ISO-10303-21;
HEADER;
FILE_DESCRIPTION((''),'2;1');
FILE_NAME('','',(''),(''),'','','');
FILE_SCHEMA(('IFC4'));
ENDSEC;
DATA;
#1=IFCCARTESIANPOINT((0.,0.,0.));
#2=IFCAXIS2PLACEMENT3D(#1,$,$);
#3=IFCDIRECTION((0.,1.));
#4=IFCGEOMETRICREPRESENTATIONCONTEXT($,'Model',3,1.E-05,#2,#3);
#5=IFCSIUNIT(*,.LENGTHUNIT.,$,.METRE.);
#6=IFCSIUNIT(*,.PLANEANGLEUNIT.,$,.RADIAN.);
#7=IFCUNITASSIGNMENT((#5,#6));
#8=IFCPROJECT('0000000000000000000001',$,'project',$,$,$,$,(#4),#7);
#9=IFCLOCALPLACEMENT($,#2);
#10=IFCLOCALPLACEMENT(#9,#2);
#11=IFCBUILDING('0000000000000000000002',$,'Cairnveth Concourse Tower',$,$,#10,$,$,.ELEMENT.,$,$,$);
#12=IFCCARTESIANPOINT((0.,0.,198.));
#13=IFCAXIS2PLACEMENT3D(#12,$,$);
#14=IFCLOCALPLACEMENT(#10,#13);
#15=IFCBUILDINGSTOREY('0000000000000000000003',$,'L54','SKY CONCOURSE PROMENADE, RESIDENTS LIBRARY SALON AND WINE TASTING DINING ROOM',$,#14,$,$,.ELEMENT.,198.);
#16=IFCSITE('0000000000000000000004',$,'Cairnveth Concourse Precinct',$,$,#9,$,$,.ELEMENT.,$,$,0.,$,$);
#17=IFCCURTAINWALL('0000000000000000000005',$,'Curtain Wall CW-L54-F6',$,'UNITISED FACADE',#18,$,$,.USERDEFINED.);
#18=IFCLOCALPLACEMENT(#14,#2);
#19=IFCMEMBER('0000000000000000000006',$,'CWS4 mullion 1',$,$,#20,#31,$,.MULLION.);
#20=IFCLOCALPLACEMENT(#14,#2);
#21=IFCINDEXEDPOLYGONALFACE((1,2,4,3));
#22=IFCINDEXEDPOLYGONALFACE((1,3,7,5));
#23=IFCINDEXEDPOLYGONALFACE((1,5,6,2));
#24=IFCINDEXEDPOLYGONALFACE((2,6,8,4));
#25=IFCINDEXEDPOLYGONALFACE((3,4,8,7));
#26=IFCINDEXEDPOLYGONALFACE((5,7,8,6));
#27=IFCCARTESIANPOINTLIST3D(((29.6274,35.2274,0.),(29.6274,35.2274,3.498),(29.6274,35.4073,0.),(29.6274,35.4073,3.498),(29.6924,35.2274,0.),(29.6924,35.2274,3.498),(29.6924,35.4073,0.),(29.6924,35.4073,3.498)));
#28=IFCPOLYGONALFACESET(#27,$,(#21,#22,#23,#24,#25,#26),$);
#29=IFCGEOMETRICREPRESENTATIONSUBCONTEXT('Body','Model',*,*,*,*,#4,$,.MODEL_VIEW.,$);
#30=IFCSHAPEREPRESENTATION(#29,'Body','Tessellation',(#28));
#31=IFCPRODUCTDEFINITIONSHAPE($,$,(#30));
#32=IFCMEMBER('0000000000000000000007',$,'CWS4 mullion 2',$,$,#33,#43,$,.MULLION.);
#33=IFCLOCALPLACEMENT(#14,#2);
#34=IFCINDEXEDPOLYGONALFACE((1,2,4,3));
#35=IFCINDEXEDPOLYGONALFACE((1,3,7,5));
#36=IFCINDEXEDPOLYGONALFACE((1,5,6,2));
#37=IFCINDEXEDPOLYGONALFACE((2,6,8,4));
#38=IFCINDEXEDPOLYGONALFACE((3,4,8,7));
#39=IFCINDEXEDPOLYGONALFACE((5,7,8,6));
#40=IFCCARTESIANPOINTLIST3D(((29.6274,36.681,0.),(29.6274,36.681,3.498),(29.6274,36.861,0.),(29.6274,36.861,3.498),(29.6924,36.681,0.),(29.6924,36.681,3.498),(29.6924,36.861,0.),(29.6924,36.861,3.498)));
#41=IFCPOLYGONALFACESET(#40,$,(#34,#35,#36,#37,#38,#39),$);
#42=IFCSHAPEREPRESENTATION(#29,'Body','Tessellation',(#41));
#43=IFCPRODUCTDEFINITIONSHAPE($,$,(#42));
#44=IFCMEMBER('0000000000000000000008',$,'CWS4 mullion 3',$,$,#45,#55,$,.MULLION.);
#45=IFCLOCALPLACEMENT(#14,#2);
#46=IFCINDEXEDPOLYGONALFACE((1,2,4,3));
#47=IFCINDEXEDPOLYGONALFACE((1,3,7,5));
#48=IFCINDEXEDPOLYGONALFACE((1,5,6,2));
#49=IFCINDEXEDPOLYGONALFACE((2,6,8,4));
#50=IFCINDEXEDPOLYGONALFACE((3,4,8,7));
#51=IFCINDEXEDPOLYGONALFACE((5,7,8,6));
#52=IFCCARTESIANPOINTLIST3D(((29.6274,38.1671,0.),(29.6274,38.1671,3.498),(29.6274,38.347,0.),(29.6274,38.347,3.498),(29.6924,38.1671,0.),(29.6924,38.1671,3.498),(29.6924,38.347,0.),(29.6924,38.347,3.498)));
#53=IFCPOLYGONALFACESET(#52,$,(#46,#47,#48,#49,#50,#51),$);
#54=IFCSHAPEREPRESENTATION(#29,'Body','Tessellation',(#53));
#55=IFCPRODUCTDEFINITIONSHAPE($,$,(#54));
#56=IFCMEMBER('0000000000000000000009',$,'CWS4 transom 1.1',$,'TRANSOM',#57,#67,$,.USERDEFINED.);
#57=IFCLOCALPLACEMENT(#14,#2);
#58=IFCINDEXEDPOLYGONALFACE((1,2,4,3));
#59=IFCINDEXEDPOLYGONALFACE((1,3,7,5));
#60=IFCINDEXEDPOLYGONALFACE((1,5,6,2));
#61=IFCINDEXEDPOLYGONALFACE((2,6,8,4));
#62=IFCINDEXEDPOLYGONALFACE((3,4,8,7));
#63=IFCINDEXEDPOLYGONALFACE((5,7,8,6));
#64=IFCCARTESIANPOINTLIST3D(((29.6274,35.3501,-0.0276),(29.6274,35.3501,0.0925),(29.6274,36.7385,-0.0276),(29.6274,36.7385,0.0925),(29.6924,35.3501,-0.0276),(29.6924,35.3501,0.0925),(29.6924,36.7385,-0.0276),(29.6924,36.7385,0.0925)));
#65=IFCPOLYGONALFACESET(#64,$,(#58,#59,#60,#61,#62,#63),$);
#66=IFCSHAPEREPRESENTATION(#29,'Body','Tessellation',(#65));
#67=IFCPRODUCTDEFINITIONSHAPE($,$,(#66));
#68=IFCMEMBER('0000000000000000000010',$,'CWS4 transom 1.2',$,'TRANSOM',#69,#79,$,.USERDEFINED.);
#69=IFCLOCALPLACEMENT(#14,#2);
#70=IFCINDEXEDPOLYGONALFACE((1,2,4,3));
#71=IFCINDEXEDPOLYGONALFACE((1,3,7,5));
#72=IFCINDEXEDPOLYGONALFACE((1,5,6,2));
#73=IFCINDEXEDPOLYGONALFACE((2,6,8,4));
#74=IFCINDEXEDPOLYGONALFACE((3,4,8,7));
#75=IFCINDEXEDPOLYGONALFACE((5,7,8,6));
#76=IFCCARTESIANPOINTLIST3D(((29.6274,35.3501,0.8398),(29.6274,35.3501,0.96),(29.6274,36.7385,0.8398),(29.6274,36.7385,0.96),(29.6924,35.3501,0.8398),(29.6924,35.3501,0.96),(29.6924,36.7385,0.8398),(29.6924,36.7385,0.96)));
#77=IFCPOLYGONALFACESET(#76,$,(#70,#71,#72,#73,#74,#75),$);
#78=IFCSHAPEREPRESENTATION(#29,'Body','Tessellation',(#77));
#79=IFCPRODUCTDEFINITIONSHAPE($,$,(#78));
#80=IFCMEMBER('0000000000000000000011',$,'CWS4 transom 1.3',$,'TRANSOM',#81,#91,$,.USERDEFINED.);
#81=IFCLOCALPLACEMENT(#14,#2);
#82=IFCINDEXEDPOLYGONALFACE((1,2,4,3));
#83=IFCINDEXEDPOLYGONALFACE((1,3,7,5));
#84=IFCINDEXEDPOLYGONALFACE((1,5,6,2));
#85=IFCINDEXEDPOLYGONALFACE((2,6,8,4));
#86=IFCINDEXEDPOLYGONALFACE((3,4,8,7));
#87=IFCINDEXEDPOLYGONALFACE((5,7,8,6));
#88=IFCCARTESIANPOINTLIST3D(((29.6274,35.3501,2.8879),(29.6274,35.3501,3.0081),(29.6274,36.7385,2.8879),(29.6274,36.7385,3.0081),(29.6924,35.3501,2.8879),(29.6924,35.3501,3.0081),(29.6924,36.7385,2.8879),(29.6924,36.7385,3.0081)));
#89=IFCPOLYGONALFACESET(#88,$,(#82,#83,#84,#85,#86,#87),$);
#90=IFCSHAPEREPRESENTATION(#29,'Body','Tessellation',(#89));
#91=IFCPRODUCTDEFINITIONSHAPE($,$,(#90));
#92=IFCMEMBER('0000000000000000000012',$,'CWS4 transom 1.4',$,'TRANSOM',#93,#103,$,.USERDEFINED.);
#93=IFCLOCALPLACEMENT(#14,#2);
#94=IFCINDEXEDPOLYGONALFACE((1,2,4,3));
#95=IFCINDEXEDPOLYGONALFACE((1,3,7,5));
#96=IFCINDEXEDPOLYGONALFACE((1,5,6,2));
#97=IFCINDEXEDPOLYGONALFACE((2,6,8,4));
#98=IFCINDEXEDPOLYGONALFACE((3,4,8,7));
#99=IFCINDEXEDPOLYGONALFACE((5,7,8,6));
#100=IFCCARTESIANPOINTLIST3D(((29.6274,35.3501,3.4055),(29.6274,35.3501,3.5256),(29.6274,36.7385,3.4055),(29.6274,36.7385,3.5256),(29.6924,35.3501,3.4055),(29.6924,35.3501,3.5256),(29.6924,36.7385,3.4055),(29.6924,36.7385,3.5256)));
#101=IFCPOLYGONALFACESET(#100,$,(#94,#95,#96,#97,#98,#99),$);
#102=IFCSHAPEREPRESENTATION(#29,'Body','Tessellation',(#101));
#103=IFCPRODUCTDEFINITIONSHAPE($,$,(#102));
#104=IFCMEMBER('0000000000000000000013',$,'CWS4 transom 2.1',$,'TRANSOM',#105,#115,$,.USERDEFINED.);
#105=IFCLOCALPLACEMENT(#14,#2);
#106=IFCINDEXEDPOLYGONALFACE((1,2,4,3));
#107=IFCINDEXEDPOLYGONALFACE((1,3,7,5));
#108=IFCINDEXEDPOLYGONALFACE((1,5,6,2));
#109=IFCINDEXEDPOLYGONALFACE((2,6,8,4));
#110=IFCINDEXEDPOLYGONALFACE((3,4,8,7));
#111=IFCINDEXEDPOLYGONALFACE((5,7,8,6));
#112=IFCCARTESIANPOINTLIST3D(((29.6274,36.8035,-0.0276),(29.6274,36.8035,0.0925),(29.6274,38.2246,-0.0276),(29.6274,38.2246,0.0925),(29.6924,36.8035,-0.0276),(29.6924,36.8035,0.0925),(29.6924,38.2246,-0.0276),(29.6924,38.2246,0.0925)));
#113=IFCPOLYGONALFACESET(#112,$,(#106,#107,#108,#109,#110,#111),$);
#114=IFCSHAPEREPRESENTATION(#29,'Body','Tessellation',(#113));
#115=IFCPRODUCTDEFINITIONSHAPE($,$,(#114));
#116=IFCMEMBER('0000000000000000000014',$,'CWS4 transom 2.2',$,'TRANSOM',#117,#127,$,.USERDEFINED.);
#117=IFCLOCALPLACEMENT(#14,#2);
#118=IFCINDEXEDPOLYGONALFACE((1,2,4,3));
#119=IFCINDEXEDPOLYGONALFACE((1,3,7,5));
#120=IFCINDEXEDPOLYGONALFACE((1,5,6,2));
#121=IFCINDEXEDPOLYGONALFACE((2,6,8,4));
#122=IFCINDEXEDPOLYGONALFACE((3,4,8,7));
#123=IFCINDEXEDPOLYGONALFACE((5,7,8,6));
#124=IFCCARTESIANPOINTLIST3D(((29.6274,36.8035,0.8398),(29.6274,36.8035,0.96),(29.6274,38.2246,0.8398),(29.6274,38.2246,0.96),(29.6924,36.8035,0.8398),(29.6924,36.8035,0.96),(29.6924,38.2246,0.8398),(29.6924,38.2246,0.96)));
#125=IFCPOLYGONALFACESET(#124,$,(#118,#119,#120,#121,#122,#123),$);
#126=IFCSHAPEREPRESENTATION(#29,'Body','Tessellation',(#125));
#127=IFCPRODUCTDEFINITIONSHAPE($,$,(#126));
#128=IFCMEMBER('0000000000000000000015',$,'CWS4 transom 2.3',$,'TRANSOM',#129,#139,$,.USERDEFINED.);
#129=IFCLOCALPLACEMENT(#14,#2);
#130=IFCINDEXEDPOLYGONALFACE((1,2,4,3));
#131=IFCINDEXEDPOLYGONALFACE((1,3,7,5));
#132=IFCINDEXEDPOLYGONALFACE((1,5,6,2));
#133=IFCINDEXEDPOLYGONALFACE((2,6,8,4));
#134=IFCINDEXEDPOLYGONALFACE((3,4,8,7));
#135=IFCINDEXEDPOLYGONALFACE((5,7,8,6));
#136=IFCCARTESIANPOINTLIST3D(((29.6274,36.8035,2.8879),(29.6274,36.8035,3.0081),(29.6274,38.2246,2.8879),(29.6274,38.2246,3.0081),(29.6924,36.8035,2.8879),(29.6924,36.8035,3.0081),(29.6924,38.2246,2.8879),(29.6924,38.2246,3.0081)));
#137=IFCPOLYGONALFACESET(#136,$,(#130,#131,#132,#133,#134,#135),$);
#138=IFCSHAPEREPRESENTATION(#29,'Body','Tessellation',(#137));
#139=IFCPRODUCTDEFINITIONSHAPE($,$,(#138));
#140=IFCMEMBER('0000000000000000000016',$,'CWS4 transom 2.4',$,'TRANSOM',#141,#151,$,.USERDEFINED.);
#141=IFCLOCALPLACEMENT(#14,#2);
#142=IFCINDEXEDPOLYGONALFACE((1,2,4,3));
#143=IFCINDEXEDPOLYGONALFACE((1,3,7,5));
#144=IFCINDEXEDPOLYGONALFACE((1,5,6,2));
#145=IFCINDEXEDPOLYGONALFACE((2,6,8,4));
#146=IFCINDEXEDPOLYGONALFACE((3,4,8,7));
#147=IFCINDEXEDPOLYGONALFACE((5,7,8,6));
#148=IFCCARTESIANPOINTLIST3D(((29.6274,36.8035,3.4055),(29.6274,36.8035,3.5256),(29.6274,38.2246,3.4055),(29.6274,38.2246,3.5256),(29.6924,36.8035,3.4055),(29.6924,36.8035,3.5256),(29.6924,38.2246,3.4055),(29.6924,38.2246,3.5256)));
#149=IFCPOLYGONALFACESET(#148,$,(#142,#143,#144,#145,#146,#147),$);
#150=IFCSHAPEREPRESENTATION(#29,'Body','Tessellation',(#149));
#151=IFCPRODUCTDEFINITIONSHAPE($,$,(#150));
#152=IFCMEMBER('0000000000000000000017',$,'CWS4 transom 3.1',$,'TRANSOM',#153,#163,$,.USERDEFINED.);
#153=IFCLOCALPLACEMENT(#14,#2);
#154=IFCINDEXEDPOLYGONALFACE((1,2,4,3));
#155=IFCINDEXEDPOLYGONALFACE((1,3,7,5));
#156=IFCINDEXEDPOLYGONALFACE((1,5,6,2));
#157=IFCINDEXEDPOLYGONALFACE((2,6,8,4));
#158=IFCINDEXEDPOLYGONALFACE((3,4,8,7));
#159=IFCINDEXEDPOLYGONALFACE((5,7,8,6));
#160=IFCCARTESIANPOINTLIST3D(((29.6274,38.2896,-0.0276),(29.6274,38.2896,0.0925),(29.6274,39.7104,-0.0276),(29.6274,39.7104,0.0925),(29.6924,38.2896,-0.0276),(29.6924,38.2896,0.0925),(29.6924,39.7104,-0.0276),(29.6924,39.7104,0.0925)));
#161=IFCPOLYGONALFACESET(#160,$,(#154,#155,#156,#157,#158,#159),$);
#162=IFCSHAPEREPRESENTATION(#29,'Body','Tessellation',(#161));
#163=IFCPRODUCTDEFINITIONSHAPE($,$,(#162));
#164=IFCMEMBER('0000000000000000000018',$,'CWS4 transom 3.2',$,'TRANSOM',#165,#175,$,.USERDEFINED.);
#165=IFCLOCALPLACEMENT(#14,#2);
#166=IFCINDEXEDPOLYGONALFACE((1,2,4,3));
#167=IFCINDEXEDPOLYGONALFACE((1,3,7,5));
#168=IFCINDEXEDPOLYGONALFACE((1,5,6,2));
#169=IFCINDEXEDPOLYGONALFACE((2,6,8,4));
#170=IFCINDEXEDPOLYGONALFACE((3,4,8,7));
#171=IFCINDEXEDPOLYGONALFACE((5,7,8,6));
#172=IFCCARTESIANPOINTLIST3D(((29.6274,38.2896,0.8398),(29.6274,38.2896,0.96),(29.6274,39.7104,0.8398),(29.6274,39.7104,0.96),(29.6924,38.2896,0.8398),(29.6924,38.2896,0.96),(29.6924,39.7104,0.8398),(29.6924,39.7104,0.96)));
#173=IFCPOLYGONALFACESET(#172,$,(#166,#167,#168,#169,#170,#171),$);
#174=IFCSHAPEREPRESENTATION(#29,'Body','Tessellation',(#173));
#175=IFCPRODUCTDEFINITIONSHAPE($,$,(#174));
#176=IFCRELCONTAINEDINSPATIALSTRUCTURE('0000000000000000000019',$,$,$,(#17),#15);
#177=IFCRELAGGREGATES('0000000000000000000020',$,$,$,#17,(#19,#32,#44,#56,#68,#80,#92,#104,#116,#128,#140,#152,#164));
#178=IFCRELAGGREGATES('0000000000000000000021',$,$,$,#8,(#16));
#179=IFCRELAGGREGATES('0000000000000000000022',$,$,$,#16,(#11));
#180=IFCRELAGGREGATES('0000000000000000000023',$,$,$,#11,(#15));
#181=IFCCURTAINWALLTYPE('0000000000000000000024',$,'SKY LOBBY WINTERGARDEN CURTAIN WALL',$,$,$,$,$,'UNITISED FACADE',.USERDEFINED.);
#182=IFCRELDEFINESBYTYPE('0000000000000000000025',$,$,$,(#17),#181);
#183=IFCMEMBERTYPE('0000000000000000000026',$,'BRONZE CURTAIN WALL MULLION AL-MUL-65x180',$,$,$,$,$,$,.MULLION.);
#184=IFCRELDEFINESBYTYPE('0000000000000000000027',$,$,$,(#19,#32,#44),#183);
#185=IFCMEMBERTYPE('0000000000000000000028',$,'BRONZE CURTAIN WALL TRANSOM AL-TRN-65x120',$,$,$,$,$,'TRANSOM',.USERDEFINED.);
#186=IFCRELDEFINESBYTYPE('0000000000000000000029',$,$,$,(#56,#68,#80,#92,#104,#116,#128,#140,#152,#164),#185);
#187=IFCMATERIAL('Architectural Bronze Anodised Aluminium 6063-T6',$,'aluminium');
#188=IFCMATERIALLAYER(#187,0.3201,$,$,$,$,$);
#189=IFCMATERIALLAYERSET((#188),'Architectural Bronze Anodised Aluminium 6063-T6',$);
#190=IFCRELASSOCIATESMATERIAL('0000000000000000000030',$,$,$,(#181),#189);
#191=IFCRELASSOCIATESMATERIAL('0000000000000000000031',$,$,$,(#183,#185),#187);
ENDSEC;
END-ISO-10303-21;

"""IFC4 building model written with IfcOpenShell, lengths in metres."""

from ifc_helpers import new_model, si_unit, direction, frame, origin, origin_2d, place, context, subcontext, project, spatial, rectangle, extrude, material, layer, layer_set, material_profile, profile_set, type_object, element, aggregate, save


model = new_model("IFC4")

# Units and contexts
model_context = context("Model", 3, precision=1e-05, world=origin(), true_north=direction((0.0, 1.0)))
body_context = subcontext(model_context, "Body", "Model", "MODEL_VIEW")
ifc_project = project(units=[si_unit("LENGTHUNIT", "METRE"), si_unit("PLANEANGLEUNIT", "RADIAN")], contexts=[model_context])

# Site, building, storey
site_placement = place(None, origin())
site = spatial("IfcSite", under=ifc_project, at=site_placement, Name="Cairnveth Concourse Precinct", CompositionType="ELEMENT", RefElevation=0.0)
building_placement = place(site_placement, origin())
building = spatial("IfcBuilding", under=site, at=building_placement, Name="Cairnveth Concourse Tower", CompositionType="ELEMENT")
storey_placement = place(building_placement, frame((0.0, 0.0, 198.0)))
storey = spatial("IfcBuildingStorey", under=building, at=storey_placement, Name="L54", Description="SKY CONCOURSE PROMENADE, RESIDENTS LIBRARY SALON AND WINE TASTING DINING ROOM", CompositionType="ELEMENT", Elevation=198.0)

# Curtain wall, members
ifc_material_1 = material(Name="Architectural Bronze Anodised Aluminium 6063-T6", Category="aluminium")
ifc_layer_1 = layer(ifc_material_1, 0.3201)
ifc_layer_set_1 = layer_set([ifc_layer_1], Name="Architectural Bronze Anodised Aluminium 6063-T6")
curtain_wall_type = type_object("IfcCurtainWallType", Name="SKY LOBBY WINTERGARDEN CURTAIN WALL", ElementType="UNITISED FACADE", PredefinedType="USERDEFINED", material=ifc_layer_set_1)
curtain_wall_placement = place(storey_placement, origin())
curtain_wall = element("IfcCurtainWall", 1, at=curtain_wall_placement, inside=storey, type_object=curtain_wall_type, Name="Curtain Wall CW-L54-F6", ObjectType="UNITISED FACADE", PredefinedType="USERDEFINED")
ifc_material_profile_1 = material_profile(ifc_material_1, rectangle(XDim=0.0649, YDim=0.1799, at=origin_2d()), Name="AL-MUL-65x180")
ifc_profile_set_1 = profile_set([ifc_material_profile_1], Name="Architectural Bronze Anodised Aluminium 6063-T6")
member_type_1 = type_object("IfcMemberType", Name="BRONZE CURTAIN WALL MULLION AL-MUL-65x180", PredefinedType="MULLION", material=ifc_profile_set_1)
member_1_placement = place(storey_placement, frame((29.6599, 35.3174, 0.0), z_axis=(0.0, 0.0, 1.0), x_axis=(-1.0, 0.0, 0.0)))
member_1 = element("IfcMember", 2, at=member_1_placement, type_object=member_type_1, Name="CWS4 mullion 1", PredefinedType="MULLION", context=body_context, shape_type="SweptSolid", body=[
    extrude(rectangle(XDim=0.0649, YDim=0.1799, at=origin_2d()), origin(), (0.0, 0.0, 1.0), 3.498),
])
member_2_placement = place(storey_placement, frame((29.6599, 36.771, 0.0), z_axis=(0.0, 0.0, 1.0), x_axis=(-1.0, 0.0, 0.0)))
member_2 = element("IfcMember", 3, at=member_2_placement, type_object=member_type_1, Name="CWS4 mullion 2", PredefinedType="MULLION", context=body_context, shape_type="SweptSolid", body=[
    extrude(rectangle(XDim=0.0649, YDim=0.1799, at=origin_2d()), origin(), (0.0, 0.0, 1.0), 3.498),
])
member_3_placement = place(storey_placement, frame((29.6599, 38.2571, 0.0), z_axis=(0.0, 0.0, 1.0), x_axis=(-1.0, 0.0, 0.0)))
member_3 = element("IfcMember", 4, at=member_3_placement, type_object=member_type_1, Name="CWS4 mullion 3", PredefinedType="MULLION", context=body_context, shape_type="SweptSolid", body=[
    extrude(rectangle(XDim=0.0649, YDim=0.1799, at=origin_2d()), origin(), (0.0, 0.0, 1.0), 3.498),
])
ifc_material_profile_2 = material_profile(ifc_material_1, rectangle(XDim=0.0649, YDim=0.1201, at=origin_2d()), Name="AL-TRN-65x120")
ifc_profile_set_2 = profile_set([ifc_material_profile_2], Name="Architectural Bronze Anodised Aluminium 6063-T6")
member_type_2 = type_object("IfcMemberType", Name="BRONZE CURTAIN WALL TRANSOM AL-TRN-65x120", ElementType="TRANSOM", PredefinedType="USERDEFINED", material=ifc_profile_set_2)
member_4_placement = place(storey_placement, frame((29.6599, 35.3501, 0.0325), z_axis=(0.0, 1.0, 0.0), x_axis=(-1.0, 0.0, 0.0)))
member_4 = element("IfcMember", 5, at=member_4_placement, type_object=member_type_2, Name="CWS4 transom 1.1", ObjectType="TRANSOM", PredefinedType="USERDEFINED", context=body_context, shape_type="SweptSolid", body=[
    extrude(rectangle(XDim=0.0649, YDim=0.1201, at=origin_2d()), origin(), (0.0, 0.0, 1.0), 1.3884),
])
member_5_placement = place(storey_placement, frame((29.6599, 35.3501, 0.8999), z_axis=(0.0, 1.0, 0.0), x_axis=(-1.0, 0.0, 0.0)))
member_5 = element("IfcMember", 6, at=member_5_placement, type_object=member_type_2, Name="CWS4 transom 1.2", ObjectType="TRANSOM", PredefinedType="USERDEFINED", context=body_context, shape_type="SweptSolid", body=[
    extrude(rectangle(XDim=0.0649, YDim=0.1201, at=origin_2d()), origin(), (0.0, 0.0, 1.0), 1.3884),
])
member_6_placement = place(storey_placement, frame((29.6599, 35.3501, 2.948), z_axis=(0.0, 1.0, 0.0), x_axis=(-1.0, 0.0, 0.0)))
member_6 = element("IfcMember", 7, at=member_6_placement, type_object=member_type_2, Name="CWS4 transom 1.3", ObjectType="TRANSOM", PredefinedType="USERDEFINED", context=body_context, shape_type="SweptSolid", body=[
    extrude(rectangle(XDim=0.0649, YDim=0.1201, at=origin_2d()), origin(), (0.0, 0.0, 1.0), 1.3884),
])
member_7_placement = place(storey_placement, frame((29.6599, 35.3501, 3.4656), z_axis=(0.0, 1.0, 0.0), x_axis=(-1.0, 0.0, 0.0)))
member_7 = element("IfcMember", 8, at=member_7_placement, type_object=member_type_2, Name="CWS4 transom 1.4", ObjectType="TRANSOM", PredefinedType="USERDEFINED", context=body_context, shape_type="SweptSolid", body=[
    extrude(rectangle(XDim=0.0649, YDim=0.1201, at=origin_2d()), origin(), (0.0, 0.0, 1.0), 1.3884),
])
member_8_placement = place(storey_placement, frame((29.6599, 36.8035, 0.0325), z_axis=(0.0, 1.0, 0.0), x_axis=(-1.0, 0.0, 0.0)))
member_8 = element("IfcMember", 9, at=member_8_placement, type_object=member_type_2, Name="CWS4 transom 2.1", ObjectType="TRANSOM", PredefinedType="USERDEFINED", context=body_context, shape_type="SweptSolid", body=[
    extrude(rectangle(XDim=0.0649, YDim=0.1201, at=origin_2d()), origin(), (0.0, 0.0, 1.0), 1.4211),
])
member_9_placement = place(storey_placement, frame((29.6599, 36.8035, 0.8999), z_axis=(0.0, 1.0, 0.0), x_axis=(-1.0, 0.0, 0.0)))
member_9 = element("IfcMember", 10, at=member_9_placement, type_object=member_type_2, Name="CWS4 transom 2.2", ObjectType="TRANSOM", PredefinedType="USERDEFINED", context=body_context, shape_type="SweptSolid", body=[
    extrude(rectangle(XDim=0.0649, YDim=0.1201, at=origin_2d()), origin(), (0.0, 0.0, 1.0), 1.4211),
])
member_10_placement = place(storey_placement, frame((29.6599, 36.8035, 2.948), z_axis=(0.0, 1.0, 0.0), x_axis=(-1.0, 0.0, 0.0)))
member_10 = element("IfcMember", 11, at=member_10_placement, type_object=member_type_2, Name="CWS4 transom 2.3", ObjectType="TRANSOM", PredefinedType="USERDEFINED", context=body_context, shape_type="SweptSolid", body=[
    extrude(rectangle(XDim=0.0649, YDim=0.1201, at=origin_2d()), origin(), (0.0, 0.0, 1.0), 1.4211),
])
member_11_placement = place(storey_placement, frame((29.6599, 36.8035, 3.4656), z_axis=(0.0, 1.0, 0.0), x_axis=(-1.0, 0.0, 0.0)))
member_11 = element("IfcMember", 12, at=member_11_placement, type_object=member_type_2, Name="CWS4 transom 2.4", ObjectType="TRANSOM", PredefinedType="USERDEFINED", context=body_context, shape_type="SweptSolid", body=[
    extrude(rectangle(XDim=0.0649, YDim=0.1201, at=origin_2d()), origin(), (0.0, 0.0, 1.0), 1.4211),
])
member_12_placement = place(storey_placement, frame((29.6599, 38.2896, 0.0325), z_axis=(0.0, 1.0, 0.0), x_axis=(-1.0, 0.0, 0.0)))
member_12 = element("IfcMember", 13, at=member_12_placement, type_object=member_type_2, Name="CWS4 transom 3.1", ObjectType="TRANSOM", PredefinedType="USERDEFINED", context=body_context, shape_type="SweptSolid", body=[
    extrude(rectangle(XDim=0.0649, YDim=0.1201, at=origin_2d()), origin(), (0.0, 0.0, 1.0), 1.4209),
])
member_13_placement = place(storey_placement, frame((29.6599, 38.2896, 0.8999), z_axis=(0.0, 1.0, 0.0), x_axis=(-1.0, 0.0, 0.0)))
member_13 = element("IfcMember", 14, at=member_13_placement, type_object=member_type_2, Name="CWS4 transom 3.2", ObjectType="TRANSOM", PredefinedType="USERDEFINED", context=body_context, shape_type="SweptSolid", body=[
    extrude(rectangle(XDim=0.0649, YDim=0.1201, at=origin_2d()), origin(), (0.0, 0.0, 1.0), 1.4209),
])

aggregate(curtain_wall, [member_1, member_2, member_3, member_4, member_5, member_6, member_7, member_8, member_9, member_10, member_11, member_12, member_13])

save(model, "model.ifc")
